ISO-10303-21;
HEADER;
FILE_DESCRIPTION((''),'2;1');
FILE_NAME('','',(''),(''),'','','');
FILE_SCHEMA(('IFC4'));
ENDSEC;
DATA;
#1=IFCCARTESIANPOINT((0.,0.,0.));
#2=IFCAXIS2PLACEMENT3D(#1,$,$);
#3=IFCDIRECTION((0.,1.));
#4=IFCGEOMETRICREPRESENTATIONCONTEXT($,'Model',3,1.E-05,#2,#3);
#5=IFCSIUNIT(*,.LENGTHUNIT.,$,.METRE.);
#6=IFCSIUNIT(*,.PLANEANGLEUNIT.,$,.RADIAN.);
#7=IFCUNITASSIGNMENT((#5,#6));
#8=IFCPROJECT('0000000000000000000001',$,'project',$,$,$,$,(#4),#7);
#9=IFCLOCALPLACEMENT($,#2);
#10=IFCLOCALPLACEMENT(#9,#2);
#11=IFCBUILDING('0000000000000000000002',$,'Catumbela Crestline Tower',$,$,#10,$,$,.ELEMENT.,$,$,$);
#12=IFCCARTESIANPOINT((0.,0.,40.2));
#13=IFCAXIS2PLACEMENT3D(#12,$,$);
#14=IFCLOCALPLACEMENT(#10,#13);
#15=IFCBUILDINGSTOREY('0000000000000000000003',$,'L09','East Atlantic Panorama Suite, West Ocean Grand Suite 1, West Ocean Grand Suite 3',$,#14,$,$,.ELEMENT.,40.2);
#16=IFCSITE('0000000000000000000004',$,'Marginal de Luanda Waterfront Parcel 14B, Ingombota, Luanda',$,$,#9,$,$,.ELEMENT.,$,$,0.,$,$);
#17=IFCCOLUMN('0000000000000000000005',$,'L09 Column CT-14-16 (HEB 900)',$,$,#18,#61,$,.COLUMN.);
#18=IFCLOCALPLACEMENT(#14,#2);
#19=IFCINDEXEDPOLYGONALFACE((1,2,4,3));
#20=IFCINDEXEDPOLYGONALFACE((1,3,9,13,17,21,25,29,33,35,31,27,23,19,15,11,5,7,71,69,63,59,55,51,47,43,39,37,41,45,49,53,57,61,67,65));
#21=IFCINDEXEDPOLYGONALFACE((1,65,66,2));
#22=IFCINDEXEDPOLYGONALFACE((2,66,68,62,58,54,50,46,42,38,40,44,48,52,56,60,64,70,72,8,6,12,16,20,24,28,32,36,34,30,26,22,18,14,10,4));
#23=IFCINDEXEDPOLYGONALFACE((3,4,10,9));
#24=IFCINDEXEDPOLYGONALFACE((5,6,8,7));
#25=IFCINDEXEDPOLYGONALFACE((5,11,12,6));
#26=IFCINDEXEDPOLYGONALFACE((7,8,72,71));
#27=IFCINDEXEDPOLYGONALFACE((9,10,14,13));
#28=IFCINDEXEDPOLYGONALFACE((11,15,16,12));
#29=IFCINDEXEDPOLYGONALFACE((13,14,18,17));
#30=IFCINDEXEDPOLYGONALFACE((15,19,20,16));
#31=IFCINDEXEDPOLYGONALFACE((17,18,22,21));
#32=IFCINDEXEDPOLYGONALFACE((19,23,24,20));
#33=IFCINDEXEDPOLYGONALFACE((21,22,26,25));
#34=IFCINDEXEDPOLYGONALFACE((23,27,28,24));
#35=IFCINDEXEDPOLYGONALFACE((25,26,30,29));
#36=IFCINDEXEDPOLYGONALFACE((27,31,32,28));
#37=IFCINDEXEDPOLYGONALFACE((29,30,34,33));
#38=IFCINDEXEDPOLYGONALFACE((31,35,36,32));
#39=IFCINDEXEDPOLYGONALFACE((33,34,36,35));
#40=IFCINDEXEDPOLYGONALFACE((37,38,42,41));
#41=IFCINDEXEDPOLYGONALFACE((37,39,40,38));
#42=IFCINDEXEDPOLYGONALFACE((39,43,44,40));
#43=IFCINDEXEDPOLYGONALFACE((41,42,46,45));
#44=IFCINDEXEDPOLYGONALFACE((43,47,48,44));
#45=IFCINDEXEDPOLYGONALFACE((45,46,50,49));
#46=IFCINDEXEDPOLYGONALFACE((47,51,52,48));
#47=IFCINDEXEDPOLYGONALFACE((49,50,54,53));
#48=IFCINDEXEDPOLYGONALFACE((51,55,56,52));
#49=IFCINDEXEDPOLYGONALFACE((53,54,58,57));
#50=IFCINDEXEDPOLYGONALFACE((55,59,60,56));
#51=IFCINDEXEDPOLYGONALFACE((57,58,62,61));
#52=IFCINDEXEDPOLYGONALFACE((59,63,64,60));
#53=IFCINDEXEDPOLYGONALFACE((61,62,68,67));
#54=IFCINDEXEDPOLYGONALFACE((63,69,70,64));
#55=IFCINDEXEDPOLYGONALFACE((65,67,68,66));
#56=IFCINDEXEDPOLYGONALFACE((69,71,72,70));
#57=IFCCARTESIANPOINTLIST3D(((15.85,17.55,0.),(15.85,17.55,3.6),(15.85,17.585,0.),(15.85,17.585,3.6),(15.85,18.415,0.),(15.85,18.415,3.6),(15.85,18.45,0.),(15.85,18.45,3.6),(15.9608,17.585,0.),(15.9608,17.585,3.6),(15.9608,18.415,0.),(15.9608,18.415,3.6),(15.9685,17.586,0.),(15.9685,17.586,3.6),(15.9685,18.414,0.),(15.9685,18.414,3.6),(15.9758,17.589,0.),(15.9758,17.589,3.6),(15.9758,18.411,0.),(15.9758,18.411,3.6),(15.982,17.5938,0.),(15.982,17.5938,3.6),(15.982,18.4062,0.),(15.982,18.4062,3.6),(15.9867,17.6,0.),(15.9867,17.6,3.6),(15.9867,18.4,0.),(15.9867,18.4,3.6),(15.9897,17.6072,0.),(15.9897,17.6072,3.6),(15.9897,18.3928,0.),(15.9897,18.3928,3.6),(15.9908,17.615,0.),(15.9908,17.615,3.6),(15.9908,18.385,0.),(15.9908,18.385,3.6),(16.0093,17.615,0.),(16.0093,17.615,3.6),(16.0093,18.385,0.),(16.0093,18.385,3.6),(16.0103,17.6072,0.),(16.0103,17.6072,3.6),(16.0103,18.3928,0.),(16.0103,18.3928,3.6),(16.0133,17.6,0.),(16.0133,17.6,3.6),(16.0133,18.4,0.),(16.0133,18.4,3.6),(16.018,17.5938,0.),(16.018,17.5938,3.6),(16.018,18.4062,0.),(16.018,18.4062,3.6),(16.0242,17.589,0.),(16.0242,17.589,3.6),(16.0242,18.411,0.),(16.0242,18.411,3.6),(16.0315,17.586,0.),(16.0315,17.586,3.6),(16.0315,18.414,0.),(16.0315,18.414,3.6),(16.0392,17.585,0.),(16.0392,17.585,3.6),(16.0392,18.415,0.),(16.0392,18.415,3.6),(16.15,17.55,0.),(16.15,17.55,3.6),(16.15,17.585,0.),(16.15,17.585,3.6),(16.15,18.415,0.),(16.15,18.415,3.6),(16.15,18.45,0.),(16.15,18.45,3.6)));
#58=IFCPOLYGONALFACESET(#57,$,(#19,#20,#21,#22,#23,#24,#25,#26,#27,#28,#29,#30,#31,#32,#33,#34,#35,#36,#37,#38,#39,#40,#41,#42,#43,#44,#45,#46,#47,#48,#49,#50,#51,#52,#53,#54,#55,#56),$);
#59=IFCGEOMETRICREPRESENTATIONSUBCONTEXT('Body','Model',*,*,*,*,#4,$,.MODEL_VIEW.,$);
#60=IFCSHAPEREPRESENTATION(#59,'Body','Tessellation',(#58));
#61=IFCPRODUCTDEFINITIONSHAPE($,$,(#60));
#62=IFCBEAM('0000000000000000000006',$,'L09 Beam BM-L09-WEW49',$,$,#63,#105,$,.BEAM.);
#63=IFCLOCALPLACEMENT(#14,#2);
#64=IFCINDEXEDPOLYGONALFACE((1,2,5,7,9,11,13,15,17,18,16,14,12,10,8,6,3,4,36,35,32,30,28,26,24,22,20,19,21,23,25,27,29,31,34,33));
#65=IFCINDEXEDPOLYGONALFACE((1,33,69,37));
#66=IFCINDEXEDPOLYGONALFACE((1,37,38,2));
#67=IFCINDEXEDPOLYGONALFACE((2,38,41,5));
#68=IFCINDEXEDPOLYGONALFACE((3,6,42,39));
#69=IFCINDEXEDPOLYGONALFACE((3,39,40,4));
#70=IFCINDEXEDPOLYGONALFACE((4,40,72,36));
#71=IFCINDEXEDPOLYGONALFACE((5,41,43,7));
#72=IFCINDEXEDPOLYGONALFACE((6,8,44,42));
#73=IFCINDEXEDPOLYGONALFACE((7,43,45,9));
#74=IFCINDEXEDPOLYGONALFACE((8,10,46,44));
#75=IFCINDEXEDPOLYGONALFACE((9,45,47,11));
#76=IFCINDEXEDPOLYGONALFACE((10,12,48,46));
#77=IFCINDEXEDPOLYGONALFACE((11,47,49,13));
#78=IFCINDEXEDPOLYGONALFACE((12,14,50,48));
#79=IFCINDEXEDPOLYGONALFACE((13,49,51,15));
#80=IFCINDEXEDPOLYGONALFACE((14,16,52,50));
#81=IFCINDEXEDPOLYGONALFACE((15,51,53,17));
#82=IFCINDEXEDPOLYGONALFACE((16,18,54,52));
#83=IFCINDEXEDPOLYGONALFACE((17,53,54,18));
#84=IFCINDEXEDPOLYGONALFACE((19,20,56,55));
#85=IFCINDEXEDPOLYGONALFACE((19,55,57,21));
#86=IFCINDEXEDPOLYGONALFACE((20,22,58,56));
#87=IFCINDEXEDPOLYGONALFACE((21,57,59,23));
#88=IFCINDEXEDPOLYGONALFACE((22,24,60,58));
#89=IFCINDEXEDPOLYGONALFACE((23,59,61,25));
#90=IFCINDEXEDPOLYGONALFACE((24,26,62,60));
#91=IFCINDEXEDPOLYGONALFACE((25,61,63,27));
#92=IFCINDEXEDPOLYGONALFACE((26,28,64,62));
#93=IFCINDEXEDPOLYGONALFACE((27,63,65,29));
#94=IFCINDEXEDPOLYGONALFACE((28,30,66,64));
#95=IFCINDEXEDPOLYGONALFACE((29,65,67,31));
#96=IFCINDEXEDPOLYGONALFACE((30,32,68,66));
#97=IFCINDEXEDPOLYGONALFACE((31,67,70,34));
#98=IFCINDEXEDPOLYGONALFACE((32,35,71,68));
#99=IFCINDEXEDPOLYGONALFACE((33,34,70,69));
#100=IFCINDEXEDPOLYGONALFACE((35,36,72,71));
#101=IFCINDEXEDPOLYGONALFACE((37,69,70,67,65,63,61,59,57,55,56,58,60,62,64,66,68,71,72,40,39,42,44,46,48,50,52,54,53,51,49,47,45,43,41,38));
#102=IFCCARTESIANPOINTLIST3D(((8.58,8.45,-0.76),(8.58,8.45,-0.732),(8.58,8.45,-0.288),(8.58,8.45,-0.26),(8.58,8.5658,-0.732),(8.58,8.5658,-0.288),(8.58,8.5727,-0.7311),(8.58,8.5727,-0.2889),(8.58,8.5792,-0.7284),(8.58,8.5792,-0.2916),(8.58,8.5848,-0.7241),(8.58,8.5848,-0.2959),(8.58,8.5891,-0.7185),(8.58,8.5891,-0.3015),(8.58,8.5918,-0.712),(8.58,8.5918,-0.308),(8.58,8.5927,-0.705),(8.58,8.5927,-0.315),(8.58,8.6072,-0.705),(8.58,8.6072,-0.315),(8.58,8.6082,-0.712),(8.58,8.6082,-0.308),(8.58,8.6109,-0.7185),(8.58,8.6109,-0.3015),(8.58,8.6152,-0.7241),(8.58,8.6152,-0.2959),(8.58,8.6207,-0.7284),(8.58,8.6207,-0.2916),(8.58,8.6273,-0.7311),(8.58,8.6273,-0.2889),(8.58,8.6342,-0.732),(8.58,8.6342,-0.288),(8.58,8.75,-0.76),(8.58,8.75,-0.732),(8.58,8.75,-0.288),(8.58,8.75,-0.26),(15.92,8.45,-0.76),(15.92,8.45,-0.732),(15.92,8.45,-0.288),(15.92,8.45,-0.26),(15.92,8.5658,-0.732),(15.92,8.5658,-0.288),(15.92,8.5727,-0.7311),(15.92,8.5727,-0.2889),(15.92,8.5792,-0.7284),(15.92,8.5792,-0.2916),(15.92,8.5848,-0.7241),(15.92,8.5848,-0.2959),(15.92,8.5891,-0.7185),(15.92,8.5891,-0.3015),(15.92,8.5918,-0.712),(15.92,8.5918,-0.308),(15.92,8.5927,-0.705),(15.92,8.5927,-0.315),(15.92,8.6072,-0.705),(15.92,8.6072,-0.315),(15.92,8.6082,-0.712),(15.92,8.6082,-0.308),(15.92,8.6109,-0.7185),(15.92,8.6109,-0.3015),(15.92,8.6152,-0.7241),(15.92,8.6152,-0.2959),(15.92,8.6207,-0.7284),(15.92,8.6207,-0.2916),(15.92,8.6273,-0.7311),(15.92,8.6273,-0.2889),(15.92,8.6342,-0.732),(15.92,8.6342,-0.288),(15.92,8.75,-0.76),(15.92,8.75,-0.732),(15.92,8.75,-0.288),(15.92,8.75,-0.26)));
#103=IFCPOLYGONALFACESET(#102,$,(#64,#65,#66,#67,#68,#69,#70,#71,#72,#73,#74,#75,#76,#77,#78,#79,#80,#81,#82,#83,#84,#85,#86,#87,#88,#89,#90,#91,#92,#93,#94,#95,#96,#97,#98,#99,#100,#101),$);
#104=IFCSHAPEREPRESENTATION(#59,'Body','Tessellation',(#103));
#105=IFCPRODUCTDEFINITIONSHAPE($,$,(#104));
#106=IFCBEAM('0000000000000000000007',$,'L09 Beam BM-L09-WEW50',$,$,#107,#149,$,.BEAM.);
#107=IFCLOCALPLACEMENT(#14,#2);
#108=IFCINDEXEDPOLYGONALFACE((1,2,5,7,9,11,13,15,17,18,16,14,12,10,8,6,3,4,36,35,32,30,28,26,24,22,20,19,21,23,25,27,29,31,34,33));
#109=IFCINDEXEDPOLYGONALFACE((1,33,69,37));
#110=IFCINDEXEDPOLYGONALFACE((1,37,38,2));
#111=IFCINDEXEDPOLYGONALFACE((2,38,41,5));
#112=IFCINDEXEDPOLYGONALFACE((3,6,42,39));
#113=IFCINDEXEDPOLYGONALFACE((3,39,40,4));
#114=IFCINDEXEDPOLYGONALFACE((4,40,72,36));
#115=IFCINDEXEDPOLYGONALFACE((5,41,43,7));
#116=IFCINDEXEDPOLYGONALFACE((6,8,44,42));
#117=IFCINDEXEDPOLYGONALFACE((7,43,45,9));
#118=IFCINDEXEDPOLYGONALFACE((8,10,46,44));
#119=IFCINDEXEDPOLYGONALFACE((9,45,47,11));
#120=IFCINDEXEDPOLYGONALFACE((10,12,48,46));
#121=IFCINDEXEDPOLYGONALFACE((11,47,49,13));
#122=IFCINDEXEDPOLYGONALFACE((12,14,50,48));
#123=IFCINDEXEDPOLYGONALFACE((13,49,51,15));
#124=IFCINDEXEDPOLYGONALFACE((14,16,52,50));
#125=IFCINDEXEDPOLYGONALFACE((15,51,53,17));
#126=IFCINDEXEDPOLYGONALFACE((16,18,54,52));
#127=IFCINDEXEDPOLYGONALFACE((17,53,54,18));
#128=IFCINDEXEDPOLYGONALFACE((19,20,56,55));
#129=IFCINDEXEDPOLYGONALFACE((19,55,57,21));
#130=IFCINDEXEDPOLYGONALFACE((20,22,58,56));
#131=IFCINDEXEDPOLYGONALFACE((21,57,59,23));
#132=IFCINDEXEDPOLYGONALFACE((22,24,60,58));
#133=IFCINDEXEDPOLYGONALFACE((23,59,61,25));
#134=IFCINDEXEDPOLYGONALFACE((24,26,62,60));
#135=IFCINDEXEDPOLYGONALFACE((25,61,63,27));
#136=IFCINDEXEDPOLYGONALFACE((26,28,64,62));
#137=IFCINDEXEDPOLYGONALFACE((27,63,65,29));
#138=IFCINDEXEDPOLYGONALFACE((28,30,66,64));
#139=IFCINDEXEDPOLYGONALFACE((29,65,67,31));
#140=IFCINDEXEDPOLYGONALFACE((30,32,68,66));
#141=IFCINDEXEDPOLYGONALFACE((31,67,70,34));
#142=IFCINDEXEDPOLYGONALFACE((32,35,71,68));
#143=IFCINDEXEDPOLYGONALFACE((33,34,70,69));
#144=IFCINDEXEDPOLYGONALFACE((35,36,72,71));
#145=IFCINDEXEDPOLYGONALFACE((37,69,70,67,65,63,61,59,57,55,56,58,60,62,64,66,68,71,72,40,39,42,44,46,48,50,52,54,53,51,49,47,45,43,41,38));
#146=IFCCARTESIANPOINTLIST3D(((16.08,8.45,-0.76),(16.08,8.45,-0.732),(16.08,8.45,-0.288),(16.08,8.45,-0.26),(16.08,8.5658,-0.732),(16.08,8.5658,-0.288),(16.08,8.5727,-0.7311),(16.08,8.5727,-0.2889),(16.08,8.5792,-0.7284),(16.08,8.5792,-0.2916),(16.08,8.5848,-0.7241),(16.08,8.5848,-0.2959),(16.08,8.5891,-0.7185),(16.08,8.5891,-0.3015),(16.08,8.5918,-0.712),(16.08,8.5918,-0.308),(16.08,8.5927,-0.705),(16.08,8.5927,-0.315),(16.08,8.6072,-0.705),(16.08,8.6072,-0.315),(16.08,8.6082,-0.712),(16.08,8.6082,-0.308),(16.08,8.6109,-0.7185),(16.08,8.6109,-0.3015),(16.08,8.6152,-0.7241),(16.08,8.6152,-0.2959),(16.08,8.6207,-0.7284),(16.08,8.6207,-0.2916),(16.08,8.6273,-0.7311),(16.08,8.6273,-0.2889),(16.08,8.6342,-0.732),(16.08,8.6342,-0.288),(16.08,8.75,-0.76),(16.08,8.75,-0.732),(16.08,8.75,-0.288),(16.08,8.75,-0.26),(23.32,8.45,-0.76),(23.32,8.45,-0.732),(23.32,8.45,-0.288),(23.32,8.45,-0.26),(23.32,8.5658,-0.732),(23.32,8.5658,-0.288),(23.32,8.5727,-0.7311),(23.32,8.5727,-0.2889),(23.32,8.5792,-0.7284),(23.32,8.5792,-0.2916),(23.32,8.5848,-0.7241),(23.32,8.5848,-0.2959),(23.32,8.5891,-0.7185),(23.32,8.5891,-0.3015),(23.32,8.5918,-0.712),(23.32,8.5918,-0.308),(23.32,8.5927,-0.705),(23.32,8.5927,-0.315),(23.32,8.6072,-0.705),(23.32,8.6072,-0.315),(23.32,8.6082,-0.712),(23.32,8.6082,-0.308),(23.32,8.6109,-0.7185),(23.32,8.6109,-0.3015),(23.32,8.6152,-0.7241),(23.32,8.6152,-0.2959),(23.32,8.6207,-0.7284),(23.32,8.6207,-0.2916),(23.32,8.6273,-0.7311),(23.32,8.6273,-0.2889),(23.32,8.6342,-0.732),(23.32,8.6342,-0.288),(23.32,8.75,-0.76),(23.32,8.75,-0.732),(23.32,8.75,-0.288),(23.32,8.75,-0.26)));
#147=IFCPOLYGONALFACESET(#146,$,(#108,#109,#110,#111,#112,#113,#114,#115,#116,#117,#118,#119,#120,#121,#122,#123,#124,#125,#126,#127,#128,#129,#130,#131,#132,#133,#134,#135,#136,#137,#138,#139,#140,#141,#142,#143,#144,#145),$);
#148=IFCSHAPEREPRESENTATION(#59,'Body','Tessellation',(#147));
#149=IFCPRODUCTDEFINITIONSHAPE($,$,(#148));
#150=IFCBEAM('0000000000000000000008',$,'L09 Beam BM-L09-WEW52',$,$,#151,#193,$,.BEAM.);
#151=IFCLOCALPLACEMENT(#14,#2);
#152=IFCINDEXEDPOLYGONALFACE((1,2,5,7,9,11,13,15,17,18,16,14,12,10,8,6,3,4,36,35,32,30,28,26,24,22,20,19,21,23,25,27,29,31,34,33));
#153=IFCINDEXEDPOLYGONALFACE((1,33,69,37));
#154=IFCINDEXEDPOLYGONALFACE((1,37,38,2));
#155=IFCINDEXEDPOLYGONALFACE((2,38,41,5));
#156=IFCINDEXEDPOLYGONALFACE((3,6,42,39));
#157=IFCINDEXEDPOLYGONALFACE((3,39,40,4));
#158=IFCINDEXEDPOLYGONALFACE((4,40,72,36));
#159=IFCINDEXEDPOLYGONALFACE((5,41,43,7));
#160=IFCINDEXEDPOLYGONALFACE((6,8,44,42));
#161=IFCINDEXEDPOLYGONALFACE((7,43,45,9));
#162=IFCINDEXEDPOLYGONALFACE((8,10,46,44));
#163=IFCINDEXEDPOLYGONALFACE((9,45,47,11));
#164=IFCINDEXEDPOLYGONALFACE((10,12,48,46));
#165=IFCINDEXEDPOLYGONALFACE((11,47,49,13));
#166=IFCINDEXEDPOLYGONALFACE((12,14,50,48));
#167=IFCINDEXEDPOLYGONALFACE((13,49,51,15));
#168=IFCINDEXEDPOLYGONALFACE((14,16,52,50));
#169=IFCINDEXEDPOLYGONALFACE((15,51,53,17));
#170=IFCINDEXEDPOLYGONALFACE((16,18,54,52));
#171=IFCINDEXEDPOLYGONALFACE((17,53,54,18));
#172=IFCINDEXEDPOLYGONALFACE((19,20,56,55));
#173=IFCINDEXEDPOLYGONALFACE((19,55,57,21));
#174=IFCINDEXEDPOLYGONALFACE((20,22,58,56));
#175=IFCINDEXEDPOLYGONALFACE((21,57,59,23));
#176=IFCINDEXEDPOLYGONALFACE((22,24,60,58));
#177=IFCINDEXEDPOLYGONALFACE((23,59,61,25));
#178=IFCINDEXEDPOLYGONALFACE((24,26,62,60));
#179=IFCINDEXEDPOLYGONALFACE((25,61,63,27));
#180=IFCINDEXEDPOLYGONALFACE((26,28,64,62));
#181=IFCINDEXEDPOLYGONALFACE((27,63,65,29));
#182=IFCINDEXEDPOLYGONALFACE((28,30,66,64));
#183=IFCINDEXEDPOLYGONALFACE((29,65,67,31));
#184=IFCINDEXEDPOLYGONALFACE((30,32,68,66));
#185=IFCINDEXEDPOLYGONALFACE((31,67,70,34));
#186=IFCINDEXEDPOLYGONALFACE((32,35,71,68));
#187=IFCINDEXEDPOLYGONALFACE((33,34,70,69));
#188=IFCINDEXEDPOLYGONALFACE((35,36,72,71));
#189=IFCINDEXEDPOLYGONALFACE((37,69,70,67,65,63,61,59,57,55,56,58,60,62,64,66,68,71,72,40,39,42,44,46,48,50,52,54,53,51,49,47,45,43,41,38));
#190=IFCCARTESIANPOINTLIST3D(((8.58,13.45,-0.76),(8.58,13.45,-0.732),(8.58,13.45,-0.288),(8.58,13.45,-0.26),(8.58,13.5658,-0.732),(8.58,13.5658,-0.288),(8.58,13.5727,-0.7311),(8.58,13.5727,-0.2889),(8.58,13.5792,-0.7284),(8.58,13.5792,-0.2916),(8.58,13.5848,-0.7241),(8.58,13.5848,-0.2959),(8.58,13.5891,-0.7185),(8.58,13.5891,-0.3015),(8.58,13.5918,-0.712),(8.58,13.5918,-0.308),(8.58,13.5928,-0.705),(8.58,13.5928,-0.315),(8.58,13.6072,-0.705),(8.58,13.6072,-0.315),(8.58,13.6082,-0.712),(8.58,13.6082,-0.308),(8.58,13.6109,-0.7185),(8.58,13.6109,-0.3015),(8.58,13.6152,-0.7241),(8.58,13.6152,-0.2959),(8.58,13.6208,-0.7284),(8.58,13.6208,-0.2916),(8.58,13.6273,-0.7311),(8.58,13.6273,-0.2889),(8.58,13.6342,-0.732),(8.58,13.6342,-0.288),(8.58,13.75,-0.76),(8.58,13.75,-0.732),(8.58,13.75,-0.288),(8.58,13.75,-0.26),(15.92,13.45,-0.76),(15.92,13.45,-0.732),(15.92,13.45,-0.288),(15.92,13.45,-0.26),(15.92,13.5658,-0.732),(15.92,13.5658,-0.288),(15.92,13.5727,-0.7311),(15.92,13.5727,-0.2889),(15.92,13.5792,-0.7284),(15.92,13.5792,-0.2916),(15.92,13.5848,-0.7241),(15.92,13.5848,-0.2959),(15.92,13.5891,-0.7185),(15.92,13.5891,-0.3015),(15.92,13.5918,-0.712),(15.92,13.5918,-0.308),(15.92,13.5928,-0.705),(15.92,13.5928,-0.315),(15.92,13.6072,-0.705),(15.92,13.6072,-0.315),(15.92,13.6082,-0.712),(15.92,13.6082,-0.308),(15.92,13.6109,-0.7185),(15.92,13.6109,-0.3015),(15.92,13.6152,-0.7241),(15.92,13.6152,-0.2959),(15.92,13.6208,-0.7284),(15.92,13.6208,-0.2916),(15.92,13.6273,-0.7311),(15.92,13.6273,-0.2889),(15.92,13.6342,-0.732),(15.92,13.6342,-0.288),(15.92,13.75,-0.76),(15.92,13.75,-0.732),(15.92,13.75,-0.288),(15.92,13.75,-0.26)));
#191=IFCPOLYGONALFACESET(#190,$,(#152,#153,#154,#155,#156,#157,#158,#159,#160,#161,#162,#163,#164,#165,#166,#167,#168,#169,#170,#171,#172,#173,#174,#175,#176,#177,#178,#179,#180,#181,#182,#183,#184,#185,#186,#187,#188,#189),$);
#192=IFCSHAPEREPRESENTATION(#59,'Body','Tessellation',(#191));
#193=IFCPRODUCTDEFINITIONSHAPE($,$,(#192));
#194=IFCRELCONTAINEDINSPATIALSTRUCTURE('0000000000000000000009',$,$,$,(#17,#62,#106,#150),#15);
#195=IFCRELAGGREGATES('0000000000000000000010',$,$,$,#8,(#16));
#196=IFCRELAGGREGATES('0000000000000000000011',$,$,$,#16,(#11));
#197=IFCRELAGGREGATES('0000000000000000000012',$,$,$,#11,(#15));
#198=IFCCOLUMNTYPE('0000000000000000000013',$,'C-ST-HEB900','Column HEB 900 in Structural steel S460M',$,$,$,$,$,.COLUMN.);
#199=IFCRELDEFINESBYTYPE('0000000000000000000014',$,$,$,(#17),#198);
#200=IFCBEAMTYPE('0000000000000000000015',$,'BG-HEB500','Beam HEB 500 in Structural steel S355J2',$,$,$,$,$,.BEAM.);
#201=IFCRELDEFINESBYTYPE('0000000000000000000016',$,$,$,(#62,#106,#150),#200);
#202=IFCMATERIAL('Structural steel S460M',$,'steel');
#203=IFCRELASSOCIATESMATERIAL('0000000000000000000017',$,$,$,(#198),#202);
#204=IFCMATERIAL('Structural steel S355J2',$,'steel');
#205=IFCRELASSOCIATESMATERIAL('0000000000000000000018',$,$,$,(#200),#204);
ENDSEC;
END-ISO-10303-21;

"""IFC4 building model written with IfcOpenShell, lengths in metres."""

from ifc_helpers import new_model, si_unit, direction, frame, origin, origin_2d, place, context, subcontext, project, spatial, i_section, extrude, material, material_profile, profile_set, type_object, element, save


model = new_model("IFC4")

# Units and contexts
model_context = context("Model", 3, precision=1e-05, world=origin(), true_north=direction((0.0, 1.0)))
body_context = subcontext(model_context, "Body", "Model", "MODEL_VIEW")
ifc_project = project(units=[si_unit("LENGTHUNIT", "METRE"), si_unit("PLANEANGLEUNIT", "RADIAN")], contexts=[model_context])

# Site, building, storey
site_placement = place(None, origin())
site = spatial("IfcSite", under=ifc_project, at=site_placement, Name="Marginal de Luanda Waterfront Parcel 14B, Ingombota, Luanda", CompositionType="ELEMENT", RefElevation=0.0)
building_placement = place(site_placement, origin())
building = spatial("IfcBuilding", under=site, at=building_placement, Name="Catumbela Crestline Tower", CompositionType="ELEMENT")
storey_placement = place(building_placement, frame((0.0, 0.0, 40.2)))
storey = spatial("IfcBuildingStorey", under=building, at=storey_placement, Name="L09", Description="East Atlantic Panorama Suite, West Ocean Grand Suite 1, West Ocean Grand Suite 3", CompositionType="ELEMENT", Elevation=40.2)

# Column
ifc_material_1 = material(Name="Structural steel S460M", Category="steel")
ifc_material_profile_1 = material_profile(ifc_material_1, i_section(OverallWidth=0.3, OverallDepth=0.9, WebThickness=0.0185, FlangeThickness=0.035, FilletRadius=0.03, at=origin_2d()), Name="HEB 900")
ifc_profile_set_1 = profile_set([ifc_material_profile_1], Name="Structural steel S460M")
column_type = type_object("IfcColumnType", Name="C-ST-HEB900", Description="Column HEB 900 in Structural steel S460M", PredefinedType="COLUMN", material=ifc_profile_set_1)
for number, where, z_axis, x_axis, name in (
    (1, (16.0, 18.0, 0.0), (0.0, 0.0, 1.0), (1.0, 0.0, 0.0), "L09 Column CT-14-16 (HEB 900)"),
):
    element("IfcColumn", number, at=place(storey_placement, frame(where, z_axis=z_axis, x_axis=x_axis)), inside=storey, type_object=column_type, Name=name, PredefinedType="COLUMN", context=body_context, shape_type="SweptSolid", body=[
        extrude(i_section(OverallWidth=0.3, OverallDepth=0.9, WebThickness=0.0185, FlangeThickness=0.035, FilletRadius=0.03, at=origin_2d()), origin(), (0.0, 0.0, 1.0), 3.6),
    ])

# Beams
ifc_material_2 = material(Name="Structural steel S355J2", Category="steel")
ifc_material_profile_2 = material_profile(ifc_material_2, i_section(OverallWidth=0.3, OverallDepth=0.5, WebThickness=0.0145, FlangeThickness=0.028, FilletRadius=0.027, at=origin_2d()), Name="HEB 500")
ifc_profile_set_2 = profile_set([ifc_material_profile_2], Name="Structural steel S355J2")
beam_type_1 = type_object("IfcBeamType", Name="BG-HEB500", Description="Beam HEB 500 in Structural steel S355J2", PredefinedType="BEAM", material=ifc_profile_set_2)
beam_1_placement = place(storey_placement, frame((8.58, 8.6, -0.51), z_axis=(1.0, 0.0, 0.0), x_axis=(0.0, 1.0, 0.0)))
element("IfcBeam", 2, at=beam_1_placement, inside=storey, type_object=beam_type_1, Name="L09 Beam BM-L09-WEW49", PredefinedType="BEAM", context=body_context, shape_type="SweptSolid", body=[
    extrude(i_section(OverallWidth=0.3, OverallDepth=0.5, WebThickness=0.0145, FlangeThickness=0.028, FilletRadius=0.027, at=origin_2d()), origin(), (0.0, 0.0, 1.0), 7.34),
])
beam_2_placement = place(storey_placement, frame((16.08, 8.6, -0.51), z_axis=(1.0, 0.0, 0.0), x_axis=(0.0, 1.0, 0.0)))
element("IfcBeam", 3, at=beam_2_placement, inside=storey, type_object=beam_type_1, Name="L09 Beam BM-L09-WEW50", PredefinedType="BEAM", context=body_context, shape_type="SweptSolid", body=[
    extrude(i_section(OverallWidth=0.3, OverallDepth=0.5, WebThickness=0.0145, FlangeThickness=0.028, FilletRadius=0.027, at=origin_2d()), origin(), (0.0, 0.0, 1.0), 7.24),
])
beam_3_placement = place(storey_placement, frame((8.58, 13.6, -0.51), z_axis=(1.0, 0.0, 0.0), x_axis=(0.0, 1.0, 0.0)))
element("IfcBeam", 4, at=beam_3_placement, inside=storey, type_object=beam_type_1, Name="L09 Beam BM-L09-WEW52", PredefinedType="BEAM", context=body_context, shape_type="SweptSolid", body=[
    extrude(i_section(OverallWidth=0.3, OverallDepth=0.5, WebThickness=0.0145, FlangeThickness=0.028, FilletRadius=0.027, at=origin_2d()), origin(), (0.0, 0.0, 1.0), 7.34),
])

save(model, "model.ifc")
